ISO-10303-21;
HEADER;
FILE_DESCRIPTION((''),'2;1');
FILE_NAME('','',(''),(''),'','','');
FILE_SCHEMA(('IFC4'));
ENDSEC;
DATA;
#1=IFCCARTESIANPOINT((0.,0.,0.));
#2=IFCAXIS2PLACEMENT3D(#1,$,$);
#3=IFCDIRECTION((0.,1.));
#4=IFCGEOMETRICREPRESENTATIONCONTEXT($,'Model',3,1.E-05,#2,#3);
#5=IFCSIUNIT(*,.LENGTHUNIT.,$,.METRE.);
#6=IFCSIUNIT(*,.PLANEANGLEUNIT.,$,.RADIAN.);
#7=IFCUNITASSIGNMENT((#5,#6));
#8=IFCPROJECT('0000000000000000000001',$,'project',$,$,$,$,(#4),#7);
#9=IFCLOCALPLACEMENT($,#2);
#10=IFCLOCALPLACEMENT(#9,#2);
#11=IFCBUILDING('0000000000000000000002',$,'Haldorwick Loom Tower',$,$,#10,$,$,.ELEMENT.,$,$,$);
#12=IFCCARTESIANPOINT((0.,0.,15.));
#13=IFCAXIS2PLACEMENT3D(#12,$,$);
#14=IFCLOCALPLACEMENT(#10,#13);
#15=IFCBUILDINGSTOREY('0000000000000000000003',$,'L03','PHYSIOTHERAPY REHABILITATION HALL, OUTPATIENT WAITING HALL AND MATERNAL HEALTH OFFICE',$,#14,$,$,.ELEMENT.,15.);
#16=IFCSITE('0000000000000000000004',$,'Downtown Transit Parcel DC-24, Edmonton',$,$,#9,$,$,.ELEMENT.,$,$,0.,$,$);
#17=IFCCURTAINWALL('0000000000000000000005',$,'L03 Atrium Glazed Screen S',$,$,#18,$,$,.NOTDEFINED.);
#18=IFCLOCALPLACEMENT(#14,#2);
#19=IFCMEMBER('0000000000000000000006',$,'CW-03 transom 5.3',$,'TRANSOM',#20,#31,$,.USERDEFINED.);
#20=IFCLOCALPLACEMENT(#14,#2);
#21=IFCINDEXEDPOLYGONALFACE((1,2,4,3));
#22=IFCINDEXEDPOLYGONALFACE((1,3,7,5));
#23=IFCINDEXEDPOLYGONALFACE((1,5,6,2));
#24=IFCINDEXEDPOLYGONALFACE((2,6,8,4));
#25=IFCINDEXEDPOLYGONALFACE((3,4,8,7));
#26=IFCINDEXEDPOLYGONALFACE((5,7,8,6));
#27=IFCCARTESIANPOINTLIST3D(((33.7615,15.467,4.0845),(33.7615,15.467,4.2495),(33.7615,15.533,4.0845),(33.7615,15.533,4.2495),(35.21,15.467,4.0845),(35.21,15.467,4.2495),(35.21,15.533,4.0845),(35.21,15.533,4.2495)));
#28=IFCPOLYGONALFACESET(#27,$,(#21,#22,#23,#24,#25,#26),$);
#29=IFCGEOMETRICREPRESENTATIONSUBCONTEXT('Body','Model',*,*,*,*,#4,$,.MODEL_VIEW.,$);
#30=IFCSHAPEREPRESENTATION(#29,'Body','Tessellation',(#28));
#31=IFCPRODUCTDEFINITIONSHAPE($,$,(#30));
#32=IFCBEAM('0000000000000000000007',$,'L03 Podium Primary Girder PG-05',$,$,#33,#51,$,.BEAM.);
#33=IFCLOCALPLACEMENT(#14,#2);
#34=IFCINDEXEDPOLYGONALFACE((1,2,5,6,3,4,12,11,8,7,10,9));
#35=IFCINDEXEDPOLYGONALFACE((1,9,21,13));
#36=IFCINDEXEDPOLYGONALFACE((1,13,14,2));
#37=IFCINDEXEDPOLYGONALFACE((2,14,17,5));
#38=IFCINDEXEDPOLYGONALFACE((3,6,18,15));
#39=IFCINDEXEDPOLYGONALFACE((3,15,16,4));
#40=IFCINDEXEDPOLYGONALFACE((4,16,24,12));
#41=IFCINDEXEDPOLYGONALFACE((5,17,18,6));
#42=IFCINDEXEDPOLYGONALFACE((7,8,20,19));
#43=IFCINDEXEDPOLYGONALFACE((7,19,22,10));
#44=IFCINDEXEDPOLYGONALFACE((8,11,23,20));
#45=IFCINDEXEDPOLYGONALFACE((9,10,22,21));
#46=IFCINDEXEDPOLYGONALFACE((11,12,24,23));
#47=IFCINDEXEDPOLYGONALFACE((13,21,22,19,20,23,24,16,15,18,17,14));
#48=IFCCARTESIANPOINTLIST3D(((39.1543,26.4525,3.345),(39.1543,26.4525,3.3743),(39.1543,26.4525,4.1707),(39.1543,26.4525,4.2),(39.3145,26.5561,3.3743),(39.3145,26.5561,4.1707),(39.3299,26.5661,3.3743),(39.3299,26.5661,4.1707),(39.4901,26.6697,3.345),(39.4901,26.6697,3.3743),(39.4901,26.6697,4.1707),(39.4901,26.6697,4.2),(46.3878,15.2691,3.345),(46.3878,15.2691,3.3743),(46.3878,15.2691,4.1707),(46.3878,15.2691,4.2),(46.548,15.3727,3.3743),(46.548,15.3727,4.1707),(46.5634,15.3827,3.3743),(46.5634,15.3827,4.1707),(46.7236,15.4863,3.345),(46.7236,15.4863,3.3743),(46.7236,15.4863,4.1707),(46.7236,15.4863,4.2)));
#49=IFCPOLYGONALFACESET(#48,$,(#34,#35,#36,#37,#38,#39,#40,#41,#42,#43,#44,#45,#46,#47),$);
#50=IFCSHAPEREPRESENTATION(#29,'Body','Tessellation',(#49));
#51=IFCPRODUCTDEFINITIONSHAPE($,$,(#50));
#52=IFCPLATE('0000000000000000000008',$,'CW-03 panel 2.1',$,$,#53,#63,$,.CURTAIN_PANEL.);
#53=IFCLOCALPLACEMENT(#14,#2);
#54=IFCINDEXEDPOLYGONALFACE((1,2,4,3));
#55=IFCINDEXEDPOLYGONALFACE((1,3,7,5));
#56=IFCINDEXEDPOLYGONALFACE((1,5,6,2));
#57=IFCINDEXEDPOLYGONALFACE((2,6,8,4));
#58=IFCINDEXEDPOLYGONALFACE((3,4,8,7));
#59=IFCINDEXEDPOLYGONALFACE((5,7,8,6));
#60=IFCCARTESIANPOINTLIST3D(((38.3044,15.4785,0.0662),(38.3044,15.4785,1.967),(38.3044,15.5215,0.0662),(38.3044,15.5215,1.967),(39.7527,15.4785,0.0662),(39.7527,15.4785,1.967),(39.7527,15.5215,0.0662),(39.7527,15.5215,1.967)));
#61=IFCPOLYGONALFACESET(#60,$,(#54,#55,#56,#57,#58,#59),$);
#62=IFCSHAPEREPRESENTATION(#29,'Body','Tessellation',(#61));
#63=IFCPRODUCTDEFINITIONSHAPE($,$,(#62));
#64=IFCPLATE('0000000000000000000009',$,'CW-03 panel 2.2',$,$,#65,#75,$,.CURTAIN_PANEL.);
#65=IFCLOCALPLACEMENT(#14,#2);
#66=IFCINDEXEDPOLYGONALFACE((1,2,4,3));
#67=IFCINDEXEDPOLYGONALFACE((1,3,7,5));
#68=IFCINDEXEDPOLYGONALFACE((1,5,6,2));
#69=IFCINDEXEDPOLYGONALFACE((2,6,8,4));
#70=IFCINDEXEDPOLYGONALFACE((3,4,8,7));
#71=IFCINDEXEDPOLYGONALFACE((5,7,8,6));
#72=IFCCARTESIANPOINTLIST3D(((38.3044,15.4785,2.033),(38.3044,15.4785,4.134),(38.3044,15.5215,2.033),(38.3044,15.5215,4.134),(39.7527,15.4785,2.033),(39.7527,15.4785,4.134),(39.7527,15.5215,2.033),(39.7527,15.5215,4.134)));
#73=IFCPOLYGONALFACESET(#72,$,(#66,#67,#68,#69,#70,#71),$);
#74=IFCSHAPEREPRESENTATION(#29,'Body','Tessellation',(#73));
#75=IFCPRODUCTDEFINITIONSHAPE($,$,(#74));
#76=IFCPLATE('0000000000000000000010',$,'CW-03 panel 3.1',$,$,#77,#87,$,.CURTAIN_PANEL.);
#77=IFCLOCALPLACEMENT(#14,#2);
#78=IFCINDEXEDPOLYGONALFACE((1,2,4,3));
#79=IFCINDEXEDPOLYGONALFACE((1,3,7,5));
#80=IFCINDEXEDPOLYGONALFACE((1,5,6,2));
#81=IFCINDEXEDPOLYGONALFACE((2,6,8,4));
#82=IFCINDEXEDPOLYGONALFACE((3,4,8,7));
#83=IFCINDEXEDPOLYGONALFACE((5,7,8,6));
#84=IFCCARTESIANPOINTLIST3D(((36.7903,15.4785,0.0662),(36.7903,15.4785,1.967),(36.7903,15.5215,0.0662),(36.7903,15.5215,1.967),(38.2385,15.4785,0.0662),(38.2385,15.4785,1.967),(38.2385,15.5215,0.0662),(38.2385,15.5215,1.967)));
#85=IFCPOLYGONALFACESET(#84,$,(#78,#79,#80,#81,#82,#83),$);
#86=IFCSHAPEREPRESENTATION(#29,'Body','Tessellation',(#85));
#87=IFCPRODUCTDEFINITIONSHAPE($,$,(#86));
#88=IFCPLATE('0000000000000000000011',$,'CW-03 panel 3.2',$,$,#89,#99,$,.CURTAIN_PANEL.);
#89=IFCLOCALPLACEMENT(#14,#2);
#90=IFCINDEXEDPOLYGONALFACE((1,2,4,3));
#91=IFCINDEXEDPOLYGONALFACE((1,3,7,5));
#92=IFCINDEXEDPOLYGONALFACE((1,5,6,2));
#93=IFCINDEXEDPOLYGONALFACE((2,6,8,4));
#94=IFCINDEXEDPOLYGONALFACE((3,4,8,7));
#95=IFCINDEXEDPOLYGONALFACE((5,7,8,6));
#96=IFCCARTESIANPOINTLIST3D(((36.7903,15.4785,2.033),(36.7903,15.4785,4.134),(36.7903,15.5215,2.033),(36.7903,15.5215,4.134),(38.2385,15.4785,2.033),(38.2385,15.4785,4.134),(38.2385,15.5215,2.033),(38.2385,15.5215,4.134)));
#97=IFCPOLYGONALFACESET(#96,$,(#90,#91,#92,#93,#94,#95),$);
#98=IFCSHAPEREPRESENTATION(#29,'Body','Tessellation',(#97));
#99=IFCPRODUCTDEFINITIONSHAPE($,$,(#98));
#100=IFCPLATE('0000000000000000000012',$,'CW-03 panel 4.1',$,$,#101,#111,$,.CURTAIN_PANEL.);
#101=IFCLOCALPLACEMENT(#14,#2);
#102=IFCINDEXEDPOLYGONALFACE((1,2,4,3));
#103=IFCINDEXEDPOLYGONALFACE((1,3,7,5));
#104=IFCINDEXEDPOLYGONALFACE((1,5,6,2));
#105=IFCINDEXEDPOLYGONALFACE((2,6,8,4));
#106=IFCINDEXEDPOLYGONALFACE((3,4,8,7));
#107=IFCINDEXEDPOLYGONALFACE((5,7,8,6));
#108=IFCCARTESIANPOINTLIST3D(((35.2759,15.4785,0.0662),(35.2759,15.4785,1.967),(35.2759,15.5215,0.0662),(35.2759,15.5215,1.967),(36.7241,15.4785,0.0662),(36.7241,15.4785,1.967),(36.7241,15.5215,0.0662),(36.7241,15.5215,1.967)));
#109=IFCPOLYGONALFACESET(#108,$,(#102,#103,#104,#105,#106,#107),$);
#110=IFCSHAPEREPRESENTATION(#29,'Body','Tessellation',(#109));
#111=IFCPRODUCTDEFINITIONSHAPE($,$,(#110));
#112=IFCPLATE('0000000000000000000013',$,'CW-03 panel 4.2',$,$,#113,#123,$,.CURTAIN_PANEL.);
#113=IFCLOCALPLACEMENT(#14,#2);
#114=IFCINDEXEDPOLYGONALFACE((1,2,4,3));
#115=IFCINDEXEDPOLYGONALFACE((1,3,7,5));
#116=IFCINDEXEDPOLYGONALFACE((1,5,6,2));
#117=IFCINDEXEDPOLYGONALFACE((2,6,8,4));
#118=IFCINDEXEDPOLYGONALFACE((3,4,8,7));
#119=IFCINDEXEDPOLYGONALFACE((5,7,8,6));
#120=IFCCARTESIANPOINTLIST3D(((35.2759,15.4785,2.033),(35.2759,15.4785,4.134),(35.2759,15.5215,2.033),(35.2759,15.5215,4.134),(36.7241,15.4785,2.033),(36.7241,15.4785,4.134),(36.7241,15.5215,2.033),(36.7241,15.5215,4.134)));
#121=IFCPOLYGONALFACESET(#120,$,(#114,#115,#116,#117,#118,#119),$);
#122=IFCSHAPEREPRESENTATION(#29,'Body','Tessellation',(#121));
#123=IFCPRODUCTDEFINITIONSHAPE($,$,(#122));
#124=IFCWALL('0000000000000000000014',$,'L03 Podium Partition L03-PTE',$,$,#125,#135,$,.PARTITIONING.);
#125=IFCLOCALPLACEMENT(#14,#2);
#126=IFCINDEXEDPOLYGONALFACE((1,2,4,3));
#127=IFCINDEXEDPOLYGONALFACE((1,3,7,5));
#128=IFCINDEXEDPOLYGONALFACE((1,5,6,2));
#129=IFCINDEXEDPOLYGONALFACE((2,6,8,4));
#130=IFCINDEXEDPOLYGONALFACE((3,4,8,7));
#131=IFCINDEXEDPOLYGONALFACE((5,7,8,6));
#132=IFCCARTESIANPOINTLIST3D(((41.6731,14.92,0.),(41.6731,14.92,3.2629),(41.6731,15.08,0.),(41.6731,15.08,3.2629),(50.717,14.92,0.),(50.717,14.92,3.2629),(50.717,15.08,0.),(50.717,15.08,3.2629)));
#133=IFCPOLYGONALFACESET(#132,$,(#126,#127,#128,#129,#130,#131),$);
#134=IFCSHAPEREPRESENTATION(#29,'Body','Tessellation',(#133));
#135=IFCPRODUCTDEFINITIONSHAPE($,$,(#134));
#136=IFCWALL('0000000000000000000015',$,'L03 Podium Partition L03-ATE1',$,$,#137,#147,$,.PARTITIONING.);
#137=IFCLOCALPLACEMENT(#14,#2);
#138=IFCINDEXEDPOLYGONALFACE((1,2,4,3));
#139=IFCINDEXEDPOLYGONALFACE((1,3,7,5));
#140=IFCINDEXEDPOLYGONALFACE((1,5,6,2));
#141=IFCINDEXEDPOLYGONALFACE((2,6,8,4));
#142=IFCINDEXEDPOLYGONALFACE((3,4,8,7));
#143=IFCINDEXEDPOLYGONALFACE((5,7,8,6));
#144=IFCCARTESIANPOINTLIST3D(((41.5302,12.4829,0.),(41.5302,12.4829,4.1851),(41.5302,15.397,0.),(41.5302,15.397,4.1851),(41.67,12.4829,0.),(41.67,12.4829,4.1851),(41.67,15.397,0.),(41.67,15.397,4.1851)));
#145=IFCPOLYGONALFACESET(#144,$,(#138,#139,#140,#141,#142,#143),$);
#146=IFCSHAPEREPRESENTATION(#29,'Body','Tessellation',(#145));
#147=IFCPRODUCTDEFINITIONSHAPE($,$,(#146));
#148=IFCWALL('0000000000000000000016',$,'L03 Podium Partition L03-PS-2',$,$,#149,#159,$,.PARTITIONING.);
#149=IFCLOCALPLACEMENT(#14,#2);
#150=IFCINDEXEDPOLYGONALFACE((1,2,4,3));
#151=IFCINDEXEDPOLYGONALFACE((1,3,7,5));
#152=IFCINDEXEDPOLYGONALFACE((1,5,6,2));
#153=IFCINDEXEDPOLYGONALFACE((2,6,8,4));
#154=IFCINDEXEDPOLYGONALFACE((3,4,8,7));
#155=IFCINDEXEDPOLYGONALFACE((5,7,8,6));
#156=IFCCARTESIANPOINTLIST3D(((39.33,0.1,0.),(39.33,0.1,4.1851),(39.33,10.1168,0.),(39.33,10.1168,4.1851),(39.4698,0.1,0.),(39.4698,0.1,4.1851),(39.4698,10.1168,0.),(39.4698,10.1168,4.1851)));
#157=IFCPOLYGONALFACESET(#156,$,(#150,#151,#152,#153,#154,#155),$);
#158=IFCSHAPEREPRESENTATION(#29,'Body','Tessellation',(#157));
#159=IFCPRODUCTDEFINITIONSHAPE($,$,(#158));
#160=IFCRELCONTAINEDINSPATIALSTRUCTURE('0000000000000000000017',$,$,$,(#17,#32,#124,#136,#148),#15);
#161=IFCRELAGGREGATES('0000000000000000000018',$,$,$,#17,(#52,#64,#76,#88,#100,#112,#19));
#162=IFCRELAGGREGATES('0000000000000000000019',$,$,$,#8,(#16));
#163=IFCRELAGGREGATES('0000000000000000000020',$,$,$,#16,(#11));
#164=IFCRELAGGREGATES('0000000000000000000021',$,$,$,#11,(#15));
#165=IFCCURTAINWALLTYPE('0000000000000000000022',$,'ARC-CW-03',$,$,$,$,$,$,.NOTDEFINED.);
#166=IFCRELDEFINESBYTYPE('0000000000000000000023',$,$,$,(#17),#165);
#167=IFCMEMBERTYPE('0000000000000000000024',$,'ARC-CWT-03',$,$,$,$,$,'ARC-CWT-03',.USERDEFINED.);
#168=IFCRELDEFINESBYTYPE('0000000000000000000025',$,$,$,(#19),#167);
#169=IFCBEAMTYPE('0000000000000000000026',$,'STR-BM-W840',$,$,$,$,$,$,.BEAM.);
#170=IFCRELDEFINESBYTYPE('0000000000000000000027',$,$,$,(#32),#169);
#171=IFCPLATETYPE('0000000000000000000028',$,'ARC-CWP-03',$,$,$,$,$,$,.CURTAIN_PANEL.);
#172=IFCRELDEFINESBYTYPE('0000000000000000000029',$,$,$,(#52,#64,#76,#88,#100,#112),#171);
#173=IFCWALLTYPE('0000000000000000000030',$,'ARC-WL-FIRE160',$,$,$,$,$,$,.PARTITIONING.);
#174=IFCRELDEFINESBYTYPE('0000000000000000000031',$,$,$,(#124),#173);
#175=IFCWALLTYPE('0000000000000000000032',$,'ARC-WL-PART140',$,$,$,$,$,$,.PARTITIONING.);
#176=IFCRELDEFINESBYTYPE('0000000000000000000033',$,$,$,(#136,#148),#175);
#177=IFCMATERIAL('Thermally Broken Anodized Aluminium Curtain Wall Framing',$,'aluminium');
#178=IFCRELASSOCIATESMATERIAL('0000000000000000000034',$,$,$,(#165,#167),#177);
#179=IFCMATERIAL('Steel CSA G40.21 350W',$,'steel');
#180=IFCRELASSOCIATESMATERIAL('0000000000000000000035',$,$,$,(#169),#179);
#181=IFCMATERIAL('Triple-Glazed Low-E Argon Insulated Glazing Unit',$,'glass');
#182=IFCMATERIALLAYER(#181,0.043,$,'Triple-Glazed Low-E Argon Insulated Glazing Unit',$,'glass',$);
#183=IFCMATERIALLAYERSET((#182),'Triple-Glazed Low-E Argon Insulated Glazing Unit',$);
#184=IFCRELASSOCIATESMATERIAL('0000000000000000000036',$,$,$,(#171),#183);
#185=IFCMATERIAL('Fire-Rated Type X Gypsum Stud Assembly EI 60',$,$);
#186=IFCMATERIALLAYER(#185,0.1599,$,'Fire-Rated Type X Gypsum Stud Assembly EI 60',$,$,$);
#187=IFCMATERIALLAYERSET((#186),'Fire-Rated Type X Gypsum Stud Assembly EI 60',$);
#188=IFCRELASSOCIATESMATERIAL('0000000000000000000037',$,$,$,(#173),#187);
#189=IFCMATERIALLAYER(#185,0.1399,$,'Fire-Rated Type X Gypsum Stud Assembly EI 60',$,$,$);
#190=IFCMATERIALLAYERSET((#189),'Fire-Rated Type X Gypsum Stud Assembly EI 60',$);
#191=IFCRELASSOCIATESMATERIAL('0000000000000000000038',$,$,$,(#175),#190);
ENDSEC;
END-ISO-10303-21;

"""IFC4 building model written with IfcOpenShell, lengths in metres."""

from ifc_helpers import new_model, si_unit, direction, frame, frame_2d, origin, origin_2d, place, context, subcontext, project, spatial, rectangle, i_section, extrude, material, layer, layer_set, material_profile, profile_set, type_object, element, aggregate, save


model = new_model("IFC4")

# Units and contexts
model_context = context("Model", 3, precision=1e-05, world=origin(), true_north=direction((0.0, 1.0)))
body_context = subcontext(model_context, "Body", "Model", "MODEL_VIEW")
ifc_project = project(units=[si_unit("LENGTHUNIT", "METRE"), si_unit("PLANEANGLEUNIT", "RADIAN")], contexts=[model_context])

# Site, building, storey
site_placement = place(None, origin())
site = spatial("IfcSite", under=ifc_project, at=site_placement, Name="Downtown Transit Parcel DC-24, Edmonton", CompositionType="ELEMENT", RefElevation=0.0)
building_placement = place(site_placement, origin())
building = spatial("IfcBuilding", under=site, at=building_placement, Name="Haldorwick Loom Tower", CompositionType="ELEMENT")
storey_placement = place(building_placement, frame((0.0, 0.0, 15.0)))
storey = spatial("IfcBuildingStorey", under=building, at=storey_placement, Name="L03", Description="PHYSIOTHERAPY REHABILITATION HALL, OUTPATIENT WAITING HALL AND MATERNAL HEALTH OFFICE", CompositionType="ELEMENT", Elevation=15.0)

# Shared definitions
ifc_material_1 = material(Name="Thermally Broken Anodized Aluminium Curtain Wall Framing", Category="aluminium")

# Curtain wall, member
curtain_wall_type_1 = type_object("IfcCurtainWallType", Name="ARC-CW-03", PredefinedType="NOTDEFINED", material=ifc_material_1)
curtain_wall_1_placement = place(storey_placement, origin())
curtain_wall_1 = element("IfcCurtainWall", 1, at=curtain_wall_1_placement, inside=storey, type_object=curtain_wall_type_1, Name="L03 Atrium Glazed Screen S", PredefinedType="NOTDEFINED")
ifc_material_profile_1 = material_profile(ifc_material_1, rectangle(XDim=0.0659, YDim=0.165, at=origin_2d()), Name="ALU_TRN_66X165", Category="aluminium")
ifc_profile_set_1 = profile_set([ifc_material_profile_1], Name="Thermally Broken Anodized Aluminium Curtain Wall Framing")
member_type_1 = type_object("IfcMemberType", Name="ARC-CWT-03", ElementType="ARC-CWT-03", PredefinedType="USERDEFINED", material=ifc_profile_set_1)
member_1_placement = place(storey_placement, frame((35.21, 15.5, 4.167), z_axis=(-1.0, 0.0, 0.0), x_axis=(0.0, -1.0, 0.0)))
member_1 = element("IfcMember", 2, at=member_1_placement, type_object=member_type_1, Name="CW-03 transom 5.3", ObjectType="TRANSOM", PredefinedType="USERDEFINED", context=body_context, shape_type="SweptSolid", body=[
    extrude(rectangle(XDim=0.0659, YDim=0.165, at=origin_2d()), origin(), (0.0, 0.0, 1.0), 1.4485),
])

# Beam
ifc_material_2 = material(Name="Steel CSA G40.21 350W", Category="steel")
ifc_material_profile_2 = material_profile(ifc_material_2, i_section(OverallWidth=0.3999, OverallDepth=0.855, WebThickness=0.0183, FlangeThickness=0.0293, at=origin_2d()), Name="W840X299", Category="steel")
ifc_profile_set_2 = profile_set([ifc_material_profile_2], Name="Steel CSA G40.21 350W")
beam_type = type_object("IfcBeamType", Name="STR-BM-W840", PredefinedType="BEAM", material=ifc_profile_set_2)
beam_placement = place(storey_placement, frame((46.5557, 15.3777, 3.7725), z_axis=(-0.543098, 0.839669, 0.0), x_axis=(-0.839669, -0.543098, 0.0)))
element("IfcBeam", 3, at=beam_placement, inside=storey, type_object=beam_type, Name="L03 Podium Primary Girder PG-05", PredefinedType="BEAM", context=body_context, shape_type="SweptSolid", body=[
    extrude(i_section(OverallWidth=0.3999, OverallDepth=0.855, WebThickness=0.0183, FlangeThickness=0.0293, at=origin_2d()), origin(), (0.0, 0.0, 1.0), 13.3188),
])

# Plates
ifc_material_3 = material(Name="Triple-Glazed Low-E Argon Insulated Glazing Unit", Category="glass")
ifc_layer_1 = layer(ifc_material_3, 0.043, Name="Triple-Glazed Low-E Argon Insulated Glazing Unit", Category="glass")
ifc_layer_set_1 = layer_set([ifc_layer_1], Name="Triple-Glazed Low-E Argon Insulated Glazing Unit")
plate_type = type_object("IfcPlateType", Name="ARC-CWP-03", PredefinedType="CURTAIN_PANEL", material=ifc_layer_set_1)
plate_1_placement = place(storey_placement, frame((39.0286, 15.5, 0.0662), z_axis=(0.0, 0.0, 1.0), x_axis=(-1.0, 0.0, 0.0)))
plate_1 = element("IfcPlate", 4, at=plate_1_placement, type_object=plate_type, Name="CW-03 panel 2.1", PredefinedType="CURTAIN_PANEL", context=body_context, shape_type="SweptSolid", body=[
    extrude(rectangle(XDim=1.4482, YDim=0.043, at=origin_2d()), origin(), (0.0, 0.0, 1.0), 1.9009),
])
plate_2_placement = place(storey_placement, frame((39.0286, 15.5, 2.033), z_axis=(0.0, 0.0, 1.0), x_axis=(-1.0, 0.0, 0.0)))
plate_2 = element("IfcPlate", 5, at=plate_2_placement, type_object=plate_type, Name="CW-03 panel 2.2", PredefinedType="CURTAIN_PANEL", context=body_context, shape_type="SweptSolid", body=[
    extrude(rectangle(XDim=1.4482, YDim=0.043, at=origin_2d()), origin(), (0.0, 0.0, 1.0), 2.1011),
])
plate_3_placement = place(storey_placement, frame((37.5144, 15.5, 0.0662), z_axis=(0.0, 0.0, 1.0), x_axis=(-1.0, 0.0, 0.0)))
plate_3 = element("IfcPlate", 6, at=plate_3_placement, type_object=plate_type, Name="CW-03 panel 3.1", PredefinedType="CURTAIN_PANEL", context=body_context, shape_type="SweptSolid", body=[
    extrude(rectangle(XDim=1.4482, YDim=0.043, at=origin_2d()), origin(), (0.0, 0.0, 1.0), 1.9009),
])
plate_4_placement = place(storey_placement, frame((37.5144, 15.5, 2.033), z_axis=(0.0, 0.0, 1.0), x_axis=(-1.0, 0.0, 0.0)))
plate_4 = element("IfcPlate", 7, at=plate_4_placement, type_object=plate_type, Name="CW-03 panel 3.2", PredefinedType="CURTAIN_PANEL", context=body_context, shape_type="SweptSolid", body=[
    extrude(rectangle(XDim=1.4482, YDim=0.043, at=origin_2d()), origin(), (0.0, 0.0, 1.0), 2.1011),
])
plate_5_placement = place(storey_placement, frame((36.0, 15.5, 0.0662), z_axis=(0.0, 0.0, 1.0), x_axis=(-1.0, 0.0, 0.0)))
plate_5 = element("IfcPlate", 8, at=plate_5_placement, type_object=plate_type, Name="CW-03 panel 4.1", PredefinedType="CURTAIN_PANEL", context=body_context, shape_type="SweptSolid", body=[
    extrude(rectangle(XDim=1.4482, YDim=0.043, at=origin_2d()), origin(), (0.0, 0.0, 1.0), 1.9009),
])
plate_6_placement = place(storey_placement, frame((36.0, 15.5, 2.033), z_axis=(0.0, 0.0, 1.0), x_axis=(-1.0, 0.0, 0.0)))
plate_6 = element("IfcPlate", 9, at=plate_6_placement, type_object=plate_type, Name="CW-03 panel 4.2", PredefinedType="CURTAIN_PANEL", context=body_context, shape_type="SweptSolid", body=[
    extrude(rectangle(XDim=1.4482, YDim=0.043, at=origin_2d()), origin(), (0.0, 0.0, 1.0), 2.1011),
])
aggregate(curtain_wall_1, [plate_1, plate_2, plate_3, plate_4, plate_5, plate_6, member_1])

# Walls
ifc_material_4 = material(Name="Fire-Rated Type X Gypsum Stud Assembly EI 60")
ifc_layer_2 = layer(ifc_material_4, 0.1599, Name="Fire-Rated Type X Gypsum Stud Assembly EI 60")
ifc_layer_set_2 = layer_set([ifc_layer_2], Name="Fire-Rated Type X Gypsum Stud Assembly EI 60")
wall_type_1 = type_object("IfcWallType", Name="ARC-WL-FIRE160", PredefinedType="PARTITIONING", material=ifc_layer_set_2)
wall_1_placement = place(storey_placement, frame((41.6731, 15.0, 0.0), z_axis=(0.0, 0.0, 1.0), x_axis=(1.0, 0.0, 0.0)))
element("IfcWall", 10, at=wall_1_placement, inside=storey, type_object=wall_type_1, Name="L03 Podium Partition L03-PTE", PredefinedType="PARTITIONING", context=body_context, shape_type="SweptSolid", body=[
    extrude(rectangle(XDim=9.0439, YDim=0.1599, at=frame_2d((4.522, 0.0))), origin(), (0.0, 0.0, 1.0), 3.2629),
])
ifc_layer_3 = layer(ifc_material_4, 0.1399, Name="Fire-Rated Type X Gypsum Stud Assembly EI 60")
ifc_layer_set_3 = layer_set([ifc_layer_3], Name="Fire-Rated Type X Gypsum Stud Assembly EI 60")
wall_type_2 = type_object("IfcWallType", Name="ARC-WL-PART140", PredefinedType="PARTITIONING", material=ifc_layer_set_3)
wall_2_placement = place(storey_placement, frame((41.6001, 12.4829, 0.0), z_axis=(0.0, 0.0, 1.0), x_axis=(0.0, 1.0, 0.0)))
element("IfcWall", 11, at=wall_2_placement, inside=storey, type_object=wall_type_2, Name="L03 Podium Partition L03-ATE1", PredefinedType="PARTITIONING", context=body_context, shape_type="SweptSolid", body=[
    extrude(rectangle(XDim=2.9141, YDim=0.1399, at=frame_2d((1.457, 0.0))), origin(), (0.0, 0.0, 1.0), 4.1851),
])
wall_3_placement = place(storey_placement, frame((39.3999, 0.1001, 0.0), z_axis=(0.0, 0.0, 1.0), x_axis=(0.0, 1.0, 0.0)))
element("IfcWall", 12, at=wall_3_placement, inside=storey, type_object=wall_type_2, Name="L03 Podium Partition L03-PS-2", PredefinedType="PARTITIONING", context=body_context, shape_type="SweptSolid", body=[
    extrude(rectangle(XDim=10.0168, YDim=0.1399, at=frame_2d((5.0083, 0.0))), origin(), (0.0, 0.0, 1.0), 4.1851),
])

save(model, "model.ifc")
